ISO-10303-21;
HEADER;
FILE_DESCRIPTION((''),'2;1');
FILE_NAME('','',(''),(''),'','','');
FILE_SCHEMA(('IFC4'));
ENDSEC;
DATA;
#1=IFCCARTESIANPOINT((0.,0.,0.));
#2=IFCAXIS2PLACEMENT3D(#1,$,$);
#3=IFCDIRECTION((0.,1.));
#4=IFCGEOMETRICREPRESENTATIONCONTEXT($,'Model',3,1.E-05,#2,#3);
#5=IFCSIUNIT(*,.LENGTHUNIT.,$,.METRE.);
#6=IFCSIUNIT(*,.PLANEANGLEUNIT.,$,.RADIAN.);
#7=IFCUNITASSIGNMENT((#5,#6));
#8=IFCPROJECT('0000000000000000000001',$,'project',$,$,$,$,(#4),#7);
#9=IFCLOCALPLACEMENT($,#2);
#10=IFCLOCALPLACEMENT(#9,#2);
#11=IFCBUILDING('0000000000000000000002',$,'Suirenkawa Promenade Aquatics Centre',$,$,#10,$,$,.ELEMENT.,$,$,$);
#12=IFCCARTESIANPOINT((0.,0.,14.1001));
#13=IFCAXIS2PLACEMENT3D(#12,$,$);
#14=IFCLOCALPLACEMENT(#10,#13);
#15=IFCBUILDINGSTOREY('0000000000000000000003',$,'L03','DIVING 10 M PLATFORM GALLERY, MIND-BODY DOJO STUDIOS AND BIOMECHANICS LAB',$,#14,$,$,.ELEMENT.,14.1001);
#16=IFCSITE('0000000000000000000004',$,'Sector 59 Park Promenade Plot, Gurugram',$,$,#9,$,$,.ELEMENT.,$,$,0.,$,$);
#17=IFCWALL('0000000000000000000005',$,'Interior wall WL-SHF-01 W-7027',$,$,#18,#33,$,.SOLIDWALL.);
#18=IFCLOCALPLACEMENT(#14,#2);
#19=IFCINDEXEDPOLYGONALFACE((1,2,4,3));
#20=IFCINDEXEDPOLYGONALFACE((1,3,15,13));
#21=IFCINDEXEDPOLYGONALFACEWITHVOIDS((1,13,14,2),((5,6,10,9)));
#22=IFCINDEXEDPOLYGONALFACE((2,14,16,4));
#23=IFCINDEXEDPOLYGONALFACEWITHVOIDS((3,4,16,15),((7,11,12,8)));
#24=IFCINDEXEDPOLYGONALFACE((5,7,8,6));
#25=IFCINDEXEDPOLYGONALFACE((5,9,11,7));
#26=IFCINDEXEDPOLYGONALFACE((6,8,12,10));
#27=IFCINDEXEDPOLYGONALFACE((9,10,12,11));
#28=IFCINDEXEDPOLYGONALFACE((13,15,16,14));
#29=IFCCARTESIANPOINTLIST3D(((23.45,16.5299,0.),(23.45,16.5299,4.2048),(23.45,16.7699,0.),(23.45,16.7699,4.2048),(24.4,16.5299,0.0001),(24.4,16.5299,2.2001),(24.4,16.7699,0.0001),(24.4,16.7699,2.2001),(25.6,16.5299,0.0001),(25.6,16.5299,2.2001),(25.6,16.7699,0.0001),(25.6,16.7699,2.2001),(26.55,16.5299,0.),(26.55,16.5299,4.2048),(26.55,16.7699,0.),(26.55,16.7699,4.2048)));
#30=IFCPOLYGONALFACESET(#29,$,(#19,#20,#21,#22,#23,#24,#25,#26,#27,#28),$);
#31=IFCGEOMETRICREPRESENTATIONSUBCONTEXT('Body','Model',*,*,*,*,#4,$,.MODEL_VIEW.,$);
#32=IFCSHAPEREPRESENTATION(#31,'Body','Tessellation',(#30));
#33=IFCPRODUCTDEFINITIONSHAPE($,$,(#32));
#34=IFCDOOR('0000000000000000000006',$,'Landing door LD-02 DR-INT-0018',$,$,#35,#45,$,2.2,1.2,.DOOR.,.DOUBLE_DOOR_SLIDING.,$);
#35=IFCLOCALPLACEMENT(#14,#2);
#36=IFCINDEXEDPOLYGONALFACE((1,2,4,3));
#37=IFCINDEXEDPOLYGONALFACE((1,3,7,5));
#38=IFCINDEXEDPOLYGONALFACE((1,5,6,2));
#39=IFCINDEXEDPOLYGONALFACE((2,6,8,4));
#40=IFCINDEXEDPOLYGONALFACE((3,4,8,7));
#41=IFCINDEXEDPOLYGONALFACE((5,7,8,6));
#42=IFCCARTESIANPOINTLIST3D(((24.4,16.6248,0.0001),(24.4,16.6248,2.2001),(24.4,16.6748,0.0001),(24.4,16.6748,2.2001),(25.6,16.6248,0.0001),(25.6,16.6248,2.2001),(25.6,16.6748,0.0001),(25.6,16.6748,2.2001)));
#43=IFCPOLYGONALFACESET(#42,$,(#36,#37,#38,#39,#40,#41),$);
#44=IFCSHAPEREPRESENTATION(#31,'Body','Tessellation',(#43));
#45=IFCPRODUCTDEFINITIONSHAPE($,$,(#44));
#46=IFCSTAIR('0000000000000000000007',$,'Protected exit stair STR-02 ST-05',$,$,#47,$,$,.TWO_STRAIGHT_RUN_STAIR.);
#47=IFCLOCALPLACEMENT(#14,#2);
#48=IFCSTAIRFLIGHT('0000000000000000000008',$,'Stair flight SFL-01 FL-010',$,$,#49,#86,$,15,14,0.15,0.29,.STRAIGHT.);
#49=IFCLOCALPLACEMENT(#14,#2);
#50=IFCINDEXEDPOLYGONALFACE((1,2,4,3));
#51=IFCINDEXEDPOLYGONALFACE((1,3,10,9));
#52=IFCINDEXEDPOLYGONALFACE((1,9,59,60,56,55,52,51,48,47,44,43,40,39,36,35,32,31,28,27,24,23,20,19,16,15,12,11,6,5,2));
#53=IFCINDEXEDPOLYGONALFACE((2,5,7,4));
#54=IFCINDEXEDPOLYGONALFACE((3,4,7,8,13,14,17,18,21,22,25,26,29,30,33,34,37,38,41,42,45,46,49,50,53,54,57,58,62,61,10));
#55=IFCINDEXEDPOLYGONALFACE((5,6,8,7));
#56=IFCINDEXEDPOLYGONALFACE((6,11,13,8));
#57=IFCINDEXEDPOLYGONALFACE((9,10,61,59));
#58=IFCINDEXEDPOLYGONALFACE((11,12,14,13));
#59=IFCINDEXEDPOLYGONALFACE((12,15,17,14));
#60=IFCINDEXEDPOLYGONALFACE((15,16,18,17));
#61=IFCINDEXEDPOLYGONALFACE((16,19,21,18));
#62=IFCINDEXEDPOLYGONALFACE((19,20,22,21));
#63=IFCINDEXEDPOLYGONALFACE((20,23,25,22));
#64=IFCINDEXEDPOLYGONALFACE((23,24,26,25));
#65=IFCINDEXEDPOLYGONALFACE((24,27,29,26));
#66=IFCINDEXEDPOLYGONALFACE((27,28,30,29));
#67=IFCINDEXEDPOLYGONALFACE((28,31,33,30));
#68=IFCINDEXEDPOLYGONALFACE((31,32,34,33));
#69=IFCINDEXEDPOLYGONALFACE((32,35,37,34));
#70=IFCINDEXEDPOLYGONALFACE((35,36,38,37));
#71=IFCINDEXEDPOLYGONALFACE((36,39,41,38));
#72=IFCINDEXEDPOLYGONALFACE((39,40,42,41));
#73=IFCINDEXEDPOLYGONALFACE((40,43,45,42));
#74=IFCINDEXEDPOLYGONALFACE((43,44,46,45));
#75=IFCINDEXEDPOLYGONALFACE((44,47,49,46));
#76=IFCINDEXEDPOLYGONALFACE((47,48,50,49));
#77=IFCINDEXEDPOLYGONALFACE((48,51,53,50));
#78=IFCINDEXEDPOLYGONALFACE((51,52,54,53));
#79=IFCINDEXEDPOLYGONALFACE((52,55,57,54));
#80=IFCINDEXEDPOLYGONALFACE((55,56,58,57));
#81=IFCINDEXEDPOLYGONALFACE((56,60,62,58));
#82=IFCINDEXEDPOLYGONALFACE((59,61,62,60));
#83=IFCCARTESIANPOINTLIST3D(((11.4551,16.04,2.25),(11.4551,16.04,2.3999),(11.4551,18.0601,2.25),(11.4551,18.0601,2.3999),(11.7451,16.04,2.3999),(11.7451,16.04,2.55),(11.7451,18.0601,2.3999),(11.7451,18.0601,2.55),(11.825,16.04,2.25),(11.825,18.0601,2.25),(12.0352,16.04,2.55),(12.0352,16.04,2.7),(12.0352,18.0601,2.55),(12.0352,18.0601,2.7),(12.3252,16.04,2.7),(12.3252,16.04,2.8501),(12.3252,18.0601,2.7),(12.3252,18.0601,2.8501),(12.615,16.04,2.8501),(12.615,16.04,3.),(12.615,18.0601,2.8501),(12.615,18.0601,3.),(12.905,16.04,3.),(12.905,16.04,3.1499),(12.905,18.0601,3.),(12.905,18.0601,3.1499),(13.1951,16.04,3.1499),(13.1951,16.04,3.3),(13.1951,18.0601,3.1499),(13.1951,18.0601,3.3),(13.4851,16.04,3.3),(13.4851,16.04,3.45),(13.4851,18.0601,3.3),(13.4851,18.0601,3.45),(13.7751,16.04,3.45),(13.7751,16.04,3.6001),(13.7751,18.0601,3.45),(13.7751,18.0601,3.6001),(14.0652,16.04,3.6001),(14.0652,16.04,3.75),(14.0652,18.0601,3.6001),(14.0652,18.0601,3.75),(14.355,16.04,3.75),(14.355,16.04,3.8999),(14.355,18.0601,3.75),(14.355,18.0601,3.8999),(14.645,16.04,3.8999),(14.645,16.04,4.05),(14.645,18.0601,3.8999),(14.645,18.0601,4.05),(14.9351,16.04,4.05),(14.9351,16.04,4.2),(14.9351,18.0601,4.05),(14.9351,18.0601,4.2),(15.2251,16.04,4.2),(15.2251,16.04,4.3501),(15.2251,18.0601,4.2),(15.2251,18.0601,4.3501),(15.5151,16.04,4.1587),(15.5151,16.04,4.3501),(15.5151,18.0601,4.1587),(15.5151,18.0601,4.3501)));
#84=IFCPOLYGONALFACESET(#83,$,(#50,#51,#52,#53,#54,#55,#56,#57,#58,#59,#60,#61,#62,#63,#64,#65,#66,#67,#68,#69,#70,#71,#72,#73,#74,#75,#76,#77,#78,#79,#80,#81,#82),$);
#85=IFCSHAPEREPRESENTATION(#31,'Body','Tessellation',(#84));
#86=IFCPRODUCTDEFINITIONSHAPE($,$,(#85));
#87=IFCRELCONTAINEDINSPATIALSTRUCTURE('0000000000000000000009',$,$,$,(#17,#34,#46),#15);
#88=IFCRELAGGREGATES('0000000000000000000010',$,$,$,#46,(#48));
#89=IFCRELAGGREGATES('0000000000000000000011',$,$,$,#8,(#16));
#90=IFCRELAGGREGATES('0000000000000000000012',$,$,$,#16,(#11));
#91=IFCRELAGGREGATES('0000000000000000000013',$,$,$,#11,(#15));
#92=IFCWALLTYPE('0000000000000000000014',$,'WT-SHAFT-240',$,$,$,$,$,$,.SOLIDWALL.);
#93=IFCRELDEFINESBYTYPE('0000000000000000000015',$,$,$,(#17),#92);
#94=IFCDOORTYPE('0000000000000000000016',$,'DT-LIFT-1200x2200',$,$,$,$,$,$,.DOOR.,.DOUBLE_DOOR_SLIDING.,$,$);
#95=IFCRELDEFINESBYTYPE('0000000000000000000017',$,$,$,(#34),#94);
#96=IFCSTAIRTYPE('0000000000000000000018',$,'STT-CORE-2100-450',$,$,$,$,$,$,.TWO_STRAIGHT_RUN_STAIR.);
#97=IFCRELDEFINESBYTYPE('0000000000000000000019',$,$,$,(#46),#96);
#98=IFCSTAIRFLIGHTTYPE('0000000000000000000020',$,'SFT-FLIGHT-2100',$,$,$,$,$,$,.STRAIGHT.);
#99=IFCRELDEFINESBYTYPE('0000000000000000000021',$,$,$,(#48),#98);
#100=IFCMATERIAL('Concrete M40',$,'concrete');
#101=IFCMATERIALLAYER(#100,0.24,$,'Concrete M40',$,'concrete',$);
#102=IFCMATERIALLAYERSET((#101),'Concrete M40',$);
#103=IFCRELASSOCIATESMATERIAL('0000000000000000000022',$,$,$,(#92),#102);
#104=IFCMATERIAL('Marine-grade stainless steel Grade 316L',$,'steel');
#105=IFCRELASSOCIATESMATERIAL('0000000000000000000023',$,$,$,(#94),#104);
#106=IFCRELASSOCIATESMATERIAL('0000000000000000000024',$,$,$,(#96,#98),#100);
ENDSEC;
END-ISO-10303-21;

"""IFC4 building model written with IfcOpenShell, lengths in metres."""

from ifc_helpers import new_model, si_unit, direction, frame, frame_2d, origin, place, context, subcontext, project, spatial, polyline, rectangle, outline, extrude, material, layer, layer_set, type_object, element, fill, aggregate, save


model = new_model("IFC4")

# Units and contexts
model_context = context("Model", 3, precision=1e-05, world=origin(), true_north=direction((0.0, 1.0)))
body_context = subcontext(model_context, "Body", "Model", "MODEL_VIEW")
ifc_project = project(units=[si_unit("LENGTHUNIT", "METRE"), si_unit("PLANEANGLEUNIT", "RADIAN")], contexts=[model_context])

# Site, building, storey
site_placement = place(None, origin())
site = spatial("IfcSite", under=ifc_project, at=site_placement, Name="Sector 59 Park Promenade Plot, Gurugram", CompositionType="ELEMENT", RefElevation=0.0)
building_placement = place(site_placement, origin())
building = spatial("IfcBuilding", under=site, at=building_placement, Name="Suirenkawa Promenade Aquatics Centre", CompositionType="ELEMENT")
storey_placement = place(building_placement, frame((0.0, 0.0, 14.1001)))
storey = spatial("IfcBuildingStorey", under=building, at=storey_placement, Name="L03", Description="DIVING 10 M PLATFORM GALLERY, MIND-BODY DOJO STUDIOS AND BIOMECHANICS LAB", CompositionType="ELEMENT", Elevation=14.1001)

# Shared definitions
ifc_material_1 = material(Name="Concrete M40", Category="concrete")

# Wall, opening, door
ifc_layer_1 = layer(ifc_material_1, 0.24, Name="Concrete M40", Category="concrete")
ifc_layer_set_1 = layer_set([ifc_layer_1], Name="Concrete M40")
wall_type_1 = type_object("IfcWallType", Name="WT-SHAFT-240", PredefinedType="SOLIDWALL", material=ifc_layer_set_1)
wall_1_placement = place(storey_placement, frame((23.45, 16.6499, 0.0), z_axis=(0.0, 0.0, 1.0), x_axis=(1.0, 0.0, 0.0)))
wall_1 = element("IfcWall", 1, at=wall_1_placement, inside=storey, type_object=wall_type_1, Name="Interior wall WL-SHF-01 W-7027", PredefinedType="SOLIDWALL", context=body_context, shape_type="SweptSolid", body=[
    extrude(rectangle(XDim=3.1001, YDim=0.24, at=frame_2d((1.55, 0.0))), origin(), (0.0, 0.0, 1.0), 4.2048),
])
opening_1_placement = place(wall_1_placement, frame((0.95, 0.0, 0.0)))
opening_1 = element("IfcOpeningElement", 2, at=opening_1_placement, cuts=wall_1, PredefinedType="OPENING", context=body_context, shape_type="SweptSolid", body=[
    extrude(rectangle(XDim=1.2, YDim=2.2, at=frame_2d((0.6001, 1.1001))), frame((0.0, 0.1299, 0.0), z_axis=(0.0, -1.0, 0.0), x_axis=(1.0, 0.0, 0.0)), (0.0, 0.0, 1.0), 0.26),
])
ifc_material_2 = material(Name="Marine-grade stainless steel Grade 316L", Category="steel")
door_type_1 = type_object("IfcDoorType", Name="DT-LIFT-1200x2200", OperationType="DOUBLE_DOOR_SLIDING", PredefinedType="DOOR", material=ifc_material_2)
door_1_placement = place(opening_1_placement, origin())
door_1 = element("IfcDoor", 3, at=door_1_placement, inside=storey, type_object=door_type_1, Name="Landing door LD-02 DR-INT-0018", OperationType="DOUBLE_DOOR_SLIDING", OverallHeight=2.2, OverallWidth=1.2, PredefinedType="DOOR", context=body_context, shape_type="SweptSolid", body=[
    extrude(rectangle(XDim=1.2, YDim=2.2, at=frame_2d((0.6001, 1.1001))), frame((0.0, 0.0249, 0.0), z_axis=(0.0, -1.0, 0.0), x_axis=(1.0, 0.0, 0.0)), (0.0, 0.0, 1.0), 0.05),
])
fill(opening_1, door_1)

# Stair, stair flight
stair_type = type_object("IfcStairType", Name="STT-CORE-2100-450", PredefinedType="TWO_STRAIGHT_RUN_STAIR", material=ifc_material_1)
stair_placement = place(storey_placement, origin())
stair = element("IfcStair", 4, at=stair_placement, inside=storey, type_object=stair_type, Name="Protected exit stair STR-02 ST-05", PredefinedType="TWO_STRAIGHT_RUN_STAIR")
stair_flight_type = type_object("IfcStairFlightType", Name="SFT-FLIGHT-2100", PredefinedType="STRAIGHT", material=ifc_material_1)
stair_flight_placement = place(storey_placement, frame((11.4551, 17.05, 2.25), z_axis=(0.0, 0.0, 1.0), x_axis=(1.0, 0.0, 0.0)))
stair_flight = element("IfcStairFlight", 5, at=stair_flight_placement, type_object=stair_flight_type, Name="Stair flight SFL-01 FL-010", NumberOfRisers=15, NumberOfTreads=14, PredefinedType="STRAIGHT", RiserHeight=0.15, TreadLength=0.29, context=body_context, shape_type="SweptSolid", body=[
    extrude(outline(polyline([(0.0, 0.0), (0.0, 0.1499), (0.29, 0.1499), (0.29, 0.3), (0.5801, 0.3), (0.5801, 0.45), (0.8701, 0.45), (0.8701, 0.6001), (1.1599, 0.6001), (1.1599, 0.75), (1.45, 0.75), (1.45, 0.8999), (1.74, 0.8999), (1.74, 1.05), (2.03, 1.05), (2.03, 1.2), (2.3201, 1.2), (2.3201, 1.3501), (2.6101, 1.3501), (2.6101, 1.5), (2.8999, 1.5), (2.8999, 1.6499), (3.1899, 1.6499), (3.1899, 1.8), (3.48, 1.8), (3.48, 1.95), (3.77, 1.95), (3.77, 2.1001), (4.0601, 2.1001), (4.0601, 2.25), (4.0601, 1.9087), (0.3699, 0.0), (0.0, 0.0)])), frame((0.0, 1.01, 0.0), z_axis=(0.0, -1.0, 0.0), x_axis=(1.0, 0.0, 0.0)), (0.0, 0.0, 1.0), 2.02),
])
aggregate(stair, [stair_flight])

save(model, "model.ifc")
